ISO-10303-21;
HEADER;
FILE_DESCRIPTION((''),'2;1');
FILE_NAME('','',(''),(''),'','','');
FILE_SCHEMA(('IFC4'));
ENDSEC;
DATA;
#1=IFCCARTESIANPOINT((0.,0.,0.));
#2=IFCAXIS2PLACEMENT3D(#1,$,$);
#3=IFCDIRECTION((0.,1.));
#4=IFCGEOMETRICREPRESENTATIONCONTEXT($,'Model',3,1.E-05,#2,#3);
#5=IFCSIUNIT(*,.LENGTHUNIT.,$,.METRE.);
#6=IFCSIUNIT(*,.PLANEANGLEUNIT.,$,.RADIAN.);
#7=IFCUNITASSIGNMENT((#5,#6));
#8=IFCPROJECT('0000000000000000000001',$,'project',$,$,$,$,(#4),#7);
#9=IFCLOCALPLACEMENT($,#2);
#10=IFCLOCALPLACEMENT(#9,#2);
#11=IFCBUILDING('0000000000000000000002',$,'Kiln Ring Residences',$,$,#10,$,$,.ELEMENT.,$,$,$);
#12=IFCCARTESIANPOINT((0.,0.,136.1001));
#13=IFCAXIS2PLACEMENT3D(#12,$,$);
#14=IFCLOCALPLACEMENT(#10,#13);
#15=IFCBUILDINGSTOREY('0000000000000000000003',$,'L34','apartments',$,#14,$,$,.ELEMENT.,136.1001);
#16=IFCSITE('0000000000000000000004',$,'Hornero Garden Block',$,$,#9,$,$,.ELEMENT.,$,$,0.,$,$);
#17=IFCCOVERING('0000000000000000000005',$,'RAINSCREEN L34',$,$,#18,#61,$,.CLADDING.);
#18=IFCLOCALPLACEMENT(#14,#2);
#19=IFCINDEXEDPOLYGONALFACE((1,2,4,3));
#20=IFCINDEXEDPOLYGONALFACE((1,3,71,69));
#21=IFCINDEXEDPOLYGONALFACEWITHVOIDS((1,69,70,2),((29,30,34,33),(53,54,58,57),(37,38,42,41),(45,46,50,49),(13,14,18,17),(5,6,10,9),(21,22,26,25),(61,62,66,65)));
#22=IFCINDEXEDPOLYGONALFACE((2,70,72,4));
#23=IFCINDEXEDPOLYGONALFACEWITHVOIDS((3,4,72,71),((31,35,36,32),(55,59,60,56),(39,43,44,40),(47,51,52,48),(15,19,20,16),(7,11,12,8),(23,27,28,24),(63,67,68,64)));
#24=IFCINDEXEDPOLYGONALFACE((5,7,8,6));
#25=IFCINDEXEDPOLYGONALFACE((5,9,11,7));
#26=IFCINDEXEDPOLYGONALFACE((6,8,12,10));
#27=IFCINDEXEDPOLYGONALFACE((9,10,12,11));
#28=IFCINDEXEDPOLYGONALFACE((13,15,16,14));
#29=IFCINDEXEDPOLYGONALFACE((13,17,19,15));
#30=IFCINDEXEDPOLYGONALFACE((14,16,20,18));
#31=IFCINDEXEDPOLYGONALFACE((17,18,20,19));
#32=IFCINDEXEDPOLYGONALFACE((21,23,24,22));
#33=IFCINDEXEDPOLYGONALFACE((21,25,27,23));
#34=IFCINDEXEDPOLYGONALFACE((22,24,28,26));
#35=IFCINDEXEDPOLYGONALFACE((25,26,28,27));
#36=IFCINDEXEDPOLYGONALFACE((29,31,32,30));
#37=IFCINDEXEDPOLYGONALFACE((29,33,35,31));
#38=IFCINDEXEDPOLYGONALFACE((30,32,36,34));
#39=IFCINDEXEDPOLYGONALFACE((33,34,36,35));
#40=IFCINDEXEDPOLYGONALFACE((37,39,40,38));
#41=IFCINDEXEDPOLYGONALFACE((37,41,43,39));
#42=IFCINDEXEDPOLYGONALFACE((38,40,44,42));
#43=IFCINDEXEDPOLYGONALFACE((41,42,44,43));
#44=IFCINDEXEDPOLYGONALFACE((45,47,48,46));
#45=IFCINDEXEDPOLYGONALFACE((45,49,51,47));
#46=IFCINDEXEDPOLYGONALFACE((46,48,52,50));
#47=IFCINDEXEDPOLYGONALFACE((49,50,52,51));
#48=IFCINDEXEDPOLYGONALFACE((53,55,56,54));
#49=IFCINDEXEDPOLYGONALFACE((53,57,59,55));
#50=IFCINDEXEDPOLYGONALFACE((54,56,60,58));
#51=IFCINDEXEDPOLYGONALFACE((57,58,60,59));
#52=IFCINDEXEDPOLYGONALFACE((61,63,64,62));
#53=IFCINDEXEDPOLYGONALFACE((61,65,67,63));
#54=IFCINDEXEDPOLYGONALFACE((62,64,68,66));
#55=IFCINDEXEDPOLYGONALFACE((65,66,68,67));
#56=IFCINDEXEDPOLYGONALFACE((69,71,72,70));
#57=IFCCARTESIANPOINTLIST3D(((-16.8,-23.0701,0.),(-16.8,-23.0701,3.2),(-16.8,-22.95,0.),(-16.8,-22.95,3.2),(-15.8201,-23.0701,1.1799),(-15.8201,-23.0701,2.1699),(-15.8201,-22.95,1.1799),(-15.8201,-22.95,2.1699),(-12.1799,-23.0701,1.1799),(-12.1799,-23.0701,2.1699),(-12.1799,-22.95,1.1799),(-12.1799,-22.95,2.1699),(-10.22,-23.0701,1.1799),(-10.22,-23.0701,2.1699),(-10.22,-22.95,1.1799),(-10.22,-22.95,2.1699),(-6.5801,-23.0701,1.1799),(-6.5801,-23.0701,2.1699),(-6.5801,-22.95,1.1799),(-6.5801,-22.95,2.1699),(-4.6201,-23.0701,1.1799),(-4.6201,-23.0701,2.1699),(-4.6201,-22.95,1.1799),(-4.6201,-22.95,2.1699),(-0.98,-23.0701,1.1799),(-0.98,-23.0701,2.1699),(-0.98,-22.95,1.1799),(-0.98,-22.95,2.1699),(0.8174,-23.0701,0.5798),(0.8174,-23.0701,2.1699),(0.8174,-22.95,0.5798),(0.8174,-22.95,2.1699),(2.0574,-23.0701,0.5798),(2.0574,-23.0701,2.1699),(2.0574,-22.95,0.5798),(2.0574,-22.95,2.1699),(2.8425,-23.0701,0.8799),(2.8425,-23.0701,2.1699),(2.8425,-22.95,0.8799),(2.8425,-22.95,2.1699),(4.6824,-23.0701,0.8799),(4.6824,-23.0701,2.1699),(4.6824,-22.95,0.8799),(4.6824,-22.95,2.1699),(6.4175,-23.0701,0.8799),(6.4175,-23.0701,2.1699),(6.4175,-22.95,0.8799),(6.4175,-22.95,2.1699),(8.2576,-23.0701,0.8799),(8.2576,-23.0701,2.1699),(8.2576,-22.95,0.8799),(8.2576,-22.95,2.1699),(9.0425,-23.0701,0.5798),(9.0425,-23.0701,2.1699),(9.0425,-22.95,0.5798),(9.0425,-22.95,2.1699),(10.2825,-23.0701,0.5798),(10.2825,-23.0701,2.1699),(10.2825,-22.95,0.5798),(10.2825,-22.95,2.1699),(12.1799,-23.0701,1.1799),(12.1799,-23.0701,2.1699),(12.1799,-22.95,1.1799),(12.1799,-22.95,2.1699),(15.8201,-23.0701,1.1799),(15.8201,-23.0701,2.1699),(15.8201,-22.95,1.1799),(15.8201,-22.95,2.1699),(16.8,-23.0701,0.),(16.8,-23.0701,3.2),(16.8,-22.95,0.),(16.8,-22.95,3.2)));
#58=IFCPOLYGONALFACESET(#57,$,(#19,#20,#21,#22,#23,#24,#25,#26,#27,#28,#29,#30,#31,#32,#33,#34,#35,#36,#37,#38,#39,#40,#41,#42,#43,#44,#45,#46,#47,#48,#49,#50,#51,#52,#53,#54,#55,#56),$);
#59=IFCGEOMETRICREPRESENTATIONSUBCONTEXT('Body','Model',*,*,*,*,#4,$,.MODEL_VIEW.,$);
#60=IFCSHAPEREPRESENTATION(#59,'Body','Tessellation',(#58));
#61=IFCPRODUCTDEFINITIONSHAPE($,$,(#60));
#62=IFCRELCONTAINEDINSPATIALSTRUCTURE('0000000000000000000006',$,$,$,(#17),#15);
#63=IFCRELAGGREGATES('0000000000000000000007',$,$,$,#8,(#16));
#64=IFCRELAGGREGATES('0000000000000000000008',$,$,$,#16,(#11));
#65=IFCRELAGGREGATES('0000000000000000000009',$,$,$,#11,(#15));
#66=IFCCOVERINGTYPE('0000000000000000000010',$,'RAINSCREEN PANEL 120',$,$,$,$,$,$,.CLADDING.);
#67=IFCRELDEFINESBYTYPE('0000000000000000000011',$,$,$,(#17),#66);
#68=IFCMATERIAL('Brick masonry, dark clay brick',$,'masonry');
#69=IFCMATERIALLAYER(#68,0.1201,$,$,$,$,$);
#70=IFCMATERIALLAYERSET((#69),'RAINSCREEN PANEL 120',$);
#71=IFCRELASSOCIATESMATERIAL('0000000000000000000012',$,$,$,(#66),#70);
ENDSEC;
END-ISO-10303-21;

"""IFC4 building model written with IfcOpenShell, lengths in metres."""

from ifc_helpers import new_model, si_unit, direction, frame, origin, place, context, subcontext, project, spatial, polyline, outline, extrude, material, layer, layer_set, type_object, element, save


model = new_model("IFC4")

# Units and contexts
model_context = context("Model", 3, precision=1e-05, world=origin(), true_north=direction((0.0, 1.0)))
body_context = subcontext(model_context, "Body", "Model", "MODEL_VIEW")
ifc_project = project(units=[si_unit("LENGTHUNIT", "METRE"), si_unit("PLANEANGLEUNIT", "RADIAN")], contexts=[model_context])

# Site, building, storey
site_placement = place(None, origin())
site = spatial("IfcSite", under=ifc_project, at=site_placement, Name="Hornero Garden Block", CompositionType="ELEMENT", RefElevation=0.0)
building_placement = place(site_placement, origin())
building = spatial("IfcBuilding", under=site, at=building_placement, Name="Kiln Ring Residences", CompositionType="ELEMENT")
storey_placement = place(building_placement, frame((0.0, 0.0, 136.1001)))
storey = spatial("IfcBuildingStorey", under=building, at=storey_placement, Name="L34", Description="apartments", CompositionType="ELEMENT", Elevation=136.1001)

# Covering
ifc_material_1 = material(Name="Brick masonry, dark clay brick", Category="masonry")
ifc_layer_1 = layer(ifc_material_1, 0.1201)
ifc_layer_set_1 = layer_set([ifc_layer_1], Name="RAINSCREEN PANEL 120")
covering_type = type_object("IfcCoveringType", Name="RAINSCREEN PANEL 120", PredefinedType="CLADDING", material=ifc_layer_set_1)
covering_placement = place(storey_placement, frame((-16.8, -23.01, 0.0), z_axis=(0.0, 0.0, 1.0), x_axis=(1.0, 0.0, 0.0)))
element("IfcCovering", 1, at=covering_placement, inside=storey, type_object=covering_type, Name="RAINSCREEN L34", PredefinedType="CLADDING", context=body_context, shape_type="SweptSolid", body=[
    extrude(outline(polyline([(0.0, 0.0), (33.6001, 0.0), (33.6001, 3.2), (0.0, 3.2), (0.0, 0.0)]), holes=[polyline([(17.6174, 0.5798), (18.8574, 0.5798), (18.8574, 2.1699), (17.6174, 2.1699), (17.6174, 0.5798)]), polyline([(25.8425, 0.5798), (27.0825, 0.5798), (27.0825, 2.1699), (25.8425, 2.1699), (25.8425, 0.5798)]), polyline([(19.6426, 0.8799), (21.4824, 0.8799), (21.4824, 2.1699), (19.6426, 2.1699), (19.6426, 0.8799)]), polyline([(23.2175, 0.8799), (25.0576, 0.8799), (25.0576, 2.1699), (23.2175, 2.1699), (23.2175, 0.8799)]), polyline([(0.98, 1.1799), (4.6201, 1.1799), (4.6201, 2.1699), (0.98, 2.1699), (0.98, 1.1799)]), polyline([(6.5801, 1.1799), (10.22, 1.1799), (10.22, 2.1699), (6.5801, 2.1699), (6.5801, 1.1799)]), polyline([(12.1799, 1.1799), (15.8201, 1.1799), (15.8201, 2.1699), (12.1799, 2.1699), (12.1799, 1.1799)]), polyline([(28.98, 1.1799), (32.6201, 1.1799), (32.6201, 2.1699), (28.98, 2.1699), (28.98, 1.1799)])]), frame((0.0, 0.0601, 0.0), z_axis=(0.0, -1.0, 0.0), x_axis=(1.0, 0.0, 0.0)), (0.0, 0.0, 1.0), 0.1201),
])

save(model, "model.ifc")
